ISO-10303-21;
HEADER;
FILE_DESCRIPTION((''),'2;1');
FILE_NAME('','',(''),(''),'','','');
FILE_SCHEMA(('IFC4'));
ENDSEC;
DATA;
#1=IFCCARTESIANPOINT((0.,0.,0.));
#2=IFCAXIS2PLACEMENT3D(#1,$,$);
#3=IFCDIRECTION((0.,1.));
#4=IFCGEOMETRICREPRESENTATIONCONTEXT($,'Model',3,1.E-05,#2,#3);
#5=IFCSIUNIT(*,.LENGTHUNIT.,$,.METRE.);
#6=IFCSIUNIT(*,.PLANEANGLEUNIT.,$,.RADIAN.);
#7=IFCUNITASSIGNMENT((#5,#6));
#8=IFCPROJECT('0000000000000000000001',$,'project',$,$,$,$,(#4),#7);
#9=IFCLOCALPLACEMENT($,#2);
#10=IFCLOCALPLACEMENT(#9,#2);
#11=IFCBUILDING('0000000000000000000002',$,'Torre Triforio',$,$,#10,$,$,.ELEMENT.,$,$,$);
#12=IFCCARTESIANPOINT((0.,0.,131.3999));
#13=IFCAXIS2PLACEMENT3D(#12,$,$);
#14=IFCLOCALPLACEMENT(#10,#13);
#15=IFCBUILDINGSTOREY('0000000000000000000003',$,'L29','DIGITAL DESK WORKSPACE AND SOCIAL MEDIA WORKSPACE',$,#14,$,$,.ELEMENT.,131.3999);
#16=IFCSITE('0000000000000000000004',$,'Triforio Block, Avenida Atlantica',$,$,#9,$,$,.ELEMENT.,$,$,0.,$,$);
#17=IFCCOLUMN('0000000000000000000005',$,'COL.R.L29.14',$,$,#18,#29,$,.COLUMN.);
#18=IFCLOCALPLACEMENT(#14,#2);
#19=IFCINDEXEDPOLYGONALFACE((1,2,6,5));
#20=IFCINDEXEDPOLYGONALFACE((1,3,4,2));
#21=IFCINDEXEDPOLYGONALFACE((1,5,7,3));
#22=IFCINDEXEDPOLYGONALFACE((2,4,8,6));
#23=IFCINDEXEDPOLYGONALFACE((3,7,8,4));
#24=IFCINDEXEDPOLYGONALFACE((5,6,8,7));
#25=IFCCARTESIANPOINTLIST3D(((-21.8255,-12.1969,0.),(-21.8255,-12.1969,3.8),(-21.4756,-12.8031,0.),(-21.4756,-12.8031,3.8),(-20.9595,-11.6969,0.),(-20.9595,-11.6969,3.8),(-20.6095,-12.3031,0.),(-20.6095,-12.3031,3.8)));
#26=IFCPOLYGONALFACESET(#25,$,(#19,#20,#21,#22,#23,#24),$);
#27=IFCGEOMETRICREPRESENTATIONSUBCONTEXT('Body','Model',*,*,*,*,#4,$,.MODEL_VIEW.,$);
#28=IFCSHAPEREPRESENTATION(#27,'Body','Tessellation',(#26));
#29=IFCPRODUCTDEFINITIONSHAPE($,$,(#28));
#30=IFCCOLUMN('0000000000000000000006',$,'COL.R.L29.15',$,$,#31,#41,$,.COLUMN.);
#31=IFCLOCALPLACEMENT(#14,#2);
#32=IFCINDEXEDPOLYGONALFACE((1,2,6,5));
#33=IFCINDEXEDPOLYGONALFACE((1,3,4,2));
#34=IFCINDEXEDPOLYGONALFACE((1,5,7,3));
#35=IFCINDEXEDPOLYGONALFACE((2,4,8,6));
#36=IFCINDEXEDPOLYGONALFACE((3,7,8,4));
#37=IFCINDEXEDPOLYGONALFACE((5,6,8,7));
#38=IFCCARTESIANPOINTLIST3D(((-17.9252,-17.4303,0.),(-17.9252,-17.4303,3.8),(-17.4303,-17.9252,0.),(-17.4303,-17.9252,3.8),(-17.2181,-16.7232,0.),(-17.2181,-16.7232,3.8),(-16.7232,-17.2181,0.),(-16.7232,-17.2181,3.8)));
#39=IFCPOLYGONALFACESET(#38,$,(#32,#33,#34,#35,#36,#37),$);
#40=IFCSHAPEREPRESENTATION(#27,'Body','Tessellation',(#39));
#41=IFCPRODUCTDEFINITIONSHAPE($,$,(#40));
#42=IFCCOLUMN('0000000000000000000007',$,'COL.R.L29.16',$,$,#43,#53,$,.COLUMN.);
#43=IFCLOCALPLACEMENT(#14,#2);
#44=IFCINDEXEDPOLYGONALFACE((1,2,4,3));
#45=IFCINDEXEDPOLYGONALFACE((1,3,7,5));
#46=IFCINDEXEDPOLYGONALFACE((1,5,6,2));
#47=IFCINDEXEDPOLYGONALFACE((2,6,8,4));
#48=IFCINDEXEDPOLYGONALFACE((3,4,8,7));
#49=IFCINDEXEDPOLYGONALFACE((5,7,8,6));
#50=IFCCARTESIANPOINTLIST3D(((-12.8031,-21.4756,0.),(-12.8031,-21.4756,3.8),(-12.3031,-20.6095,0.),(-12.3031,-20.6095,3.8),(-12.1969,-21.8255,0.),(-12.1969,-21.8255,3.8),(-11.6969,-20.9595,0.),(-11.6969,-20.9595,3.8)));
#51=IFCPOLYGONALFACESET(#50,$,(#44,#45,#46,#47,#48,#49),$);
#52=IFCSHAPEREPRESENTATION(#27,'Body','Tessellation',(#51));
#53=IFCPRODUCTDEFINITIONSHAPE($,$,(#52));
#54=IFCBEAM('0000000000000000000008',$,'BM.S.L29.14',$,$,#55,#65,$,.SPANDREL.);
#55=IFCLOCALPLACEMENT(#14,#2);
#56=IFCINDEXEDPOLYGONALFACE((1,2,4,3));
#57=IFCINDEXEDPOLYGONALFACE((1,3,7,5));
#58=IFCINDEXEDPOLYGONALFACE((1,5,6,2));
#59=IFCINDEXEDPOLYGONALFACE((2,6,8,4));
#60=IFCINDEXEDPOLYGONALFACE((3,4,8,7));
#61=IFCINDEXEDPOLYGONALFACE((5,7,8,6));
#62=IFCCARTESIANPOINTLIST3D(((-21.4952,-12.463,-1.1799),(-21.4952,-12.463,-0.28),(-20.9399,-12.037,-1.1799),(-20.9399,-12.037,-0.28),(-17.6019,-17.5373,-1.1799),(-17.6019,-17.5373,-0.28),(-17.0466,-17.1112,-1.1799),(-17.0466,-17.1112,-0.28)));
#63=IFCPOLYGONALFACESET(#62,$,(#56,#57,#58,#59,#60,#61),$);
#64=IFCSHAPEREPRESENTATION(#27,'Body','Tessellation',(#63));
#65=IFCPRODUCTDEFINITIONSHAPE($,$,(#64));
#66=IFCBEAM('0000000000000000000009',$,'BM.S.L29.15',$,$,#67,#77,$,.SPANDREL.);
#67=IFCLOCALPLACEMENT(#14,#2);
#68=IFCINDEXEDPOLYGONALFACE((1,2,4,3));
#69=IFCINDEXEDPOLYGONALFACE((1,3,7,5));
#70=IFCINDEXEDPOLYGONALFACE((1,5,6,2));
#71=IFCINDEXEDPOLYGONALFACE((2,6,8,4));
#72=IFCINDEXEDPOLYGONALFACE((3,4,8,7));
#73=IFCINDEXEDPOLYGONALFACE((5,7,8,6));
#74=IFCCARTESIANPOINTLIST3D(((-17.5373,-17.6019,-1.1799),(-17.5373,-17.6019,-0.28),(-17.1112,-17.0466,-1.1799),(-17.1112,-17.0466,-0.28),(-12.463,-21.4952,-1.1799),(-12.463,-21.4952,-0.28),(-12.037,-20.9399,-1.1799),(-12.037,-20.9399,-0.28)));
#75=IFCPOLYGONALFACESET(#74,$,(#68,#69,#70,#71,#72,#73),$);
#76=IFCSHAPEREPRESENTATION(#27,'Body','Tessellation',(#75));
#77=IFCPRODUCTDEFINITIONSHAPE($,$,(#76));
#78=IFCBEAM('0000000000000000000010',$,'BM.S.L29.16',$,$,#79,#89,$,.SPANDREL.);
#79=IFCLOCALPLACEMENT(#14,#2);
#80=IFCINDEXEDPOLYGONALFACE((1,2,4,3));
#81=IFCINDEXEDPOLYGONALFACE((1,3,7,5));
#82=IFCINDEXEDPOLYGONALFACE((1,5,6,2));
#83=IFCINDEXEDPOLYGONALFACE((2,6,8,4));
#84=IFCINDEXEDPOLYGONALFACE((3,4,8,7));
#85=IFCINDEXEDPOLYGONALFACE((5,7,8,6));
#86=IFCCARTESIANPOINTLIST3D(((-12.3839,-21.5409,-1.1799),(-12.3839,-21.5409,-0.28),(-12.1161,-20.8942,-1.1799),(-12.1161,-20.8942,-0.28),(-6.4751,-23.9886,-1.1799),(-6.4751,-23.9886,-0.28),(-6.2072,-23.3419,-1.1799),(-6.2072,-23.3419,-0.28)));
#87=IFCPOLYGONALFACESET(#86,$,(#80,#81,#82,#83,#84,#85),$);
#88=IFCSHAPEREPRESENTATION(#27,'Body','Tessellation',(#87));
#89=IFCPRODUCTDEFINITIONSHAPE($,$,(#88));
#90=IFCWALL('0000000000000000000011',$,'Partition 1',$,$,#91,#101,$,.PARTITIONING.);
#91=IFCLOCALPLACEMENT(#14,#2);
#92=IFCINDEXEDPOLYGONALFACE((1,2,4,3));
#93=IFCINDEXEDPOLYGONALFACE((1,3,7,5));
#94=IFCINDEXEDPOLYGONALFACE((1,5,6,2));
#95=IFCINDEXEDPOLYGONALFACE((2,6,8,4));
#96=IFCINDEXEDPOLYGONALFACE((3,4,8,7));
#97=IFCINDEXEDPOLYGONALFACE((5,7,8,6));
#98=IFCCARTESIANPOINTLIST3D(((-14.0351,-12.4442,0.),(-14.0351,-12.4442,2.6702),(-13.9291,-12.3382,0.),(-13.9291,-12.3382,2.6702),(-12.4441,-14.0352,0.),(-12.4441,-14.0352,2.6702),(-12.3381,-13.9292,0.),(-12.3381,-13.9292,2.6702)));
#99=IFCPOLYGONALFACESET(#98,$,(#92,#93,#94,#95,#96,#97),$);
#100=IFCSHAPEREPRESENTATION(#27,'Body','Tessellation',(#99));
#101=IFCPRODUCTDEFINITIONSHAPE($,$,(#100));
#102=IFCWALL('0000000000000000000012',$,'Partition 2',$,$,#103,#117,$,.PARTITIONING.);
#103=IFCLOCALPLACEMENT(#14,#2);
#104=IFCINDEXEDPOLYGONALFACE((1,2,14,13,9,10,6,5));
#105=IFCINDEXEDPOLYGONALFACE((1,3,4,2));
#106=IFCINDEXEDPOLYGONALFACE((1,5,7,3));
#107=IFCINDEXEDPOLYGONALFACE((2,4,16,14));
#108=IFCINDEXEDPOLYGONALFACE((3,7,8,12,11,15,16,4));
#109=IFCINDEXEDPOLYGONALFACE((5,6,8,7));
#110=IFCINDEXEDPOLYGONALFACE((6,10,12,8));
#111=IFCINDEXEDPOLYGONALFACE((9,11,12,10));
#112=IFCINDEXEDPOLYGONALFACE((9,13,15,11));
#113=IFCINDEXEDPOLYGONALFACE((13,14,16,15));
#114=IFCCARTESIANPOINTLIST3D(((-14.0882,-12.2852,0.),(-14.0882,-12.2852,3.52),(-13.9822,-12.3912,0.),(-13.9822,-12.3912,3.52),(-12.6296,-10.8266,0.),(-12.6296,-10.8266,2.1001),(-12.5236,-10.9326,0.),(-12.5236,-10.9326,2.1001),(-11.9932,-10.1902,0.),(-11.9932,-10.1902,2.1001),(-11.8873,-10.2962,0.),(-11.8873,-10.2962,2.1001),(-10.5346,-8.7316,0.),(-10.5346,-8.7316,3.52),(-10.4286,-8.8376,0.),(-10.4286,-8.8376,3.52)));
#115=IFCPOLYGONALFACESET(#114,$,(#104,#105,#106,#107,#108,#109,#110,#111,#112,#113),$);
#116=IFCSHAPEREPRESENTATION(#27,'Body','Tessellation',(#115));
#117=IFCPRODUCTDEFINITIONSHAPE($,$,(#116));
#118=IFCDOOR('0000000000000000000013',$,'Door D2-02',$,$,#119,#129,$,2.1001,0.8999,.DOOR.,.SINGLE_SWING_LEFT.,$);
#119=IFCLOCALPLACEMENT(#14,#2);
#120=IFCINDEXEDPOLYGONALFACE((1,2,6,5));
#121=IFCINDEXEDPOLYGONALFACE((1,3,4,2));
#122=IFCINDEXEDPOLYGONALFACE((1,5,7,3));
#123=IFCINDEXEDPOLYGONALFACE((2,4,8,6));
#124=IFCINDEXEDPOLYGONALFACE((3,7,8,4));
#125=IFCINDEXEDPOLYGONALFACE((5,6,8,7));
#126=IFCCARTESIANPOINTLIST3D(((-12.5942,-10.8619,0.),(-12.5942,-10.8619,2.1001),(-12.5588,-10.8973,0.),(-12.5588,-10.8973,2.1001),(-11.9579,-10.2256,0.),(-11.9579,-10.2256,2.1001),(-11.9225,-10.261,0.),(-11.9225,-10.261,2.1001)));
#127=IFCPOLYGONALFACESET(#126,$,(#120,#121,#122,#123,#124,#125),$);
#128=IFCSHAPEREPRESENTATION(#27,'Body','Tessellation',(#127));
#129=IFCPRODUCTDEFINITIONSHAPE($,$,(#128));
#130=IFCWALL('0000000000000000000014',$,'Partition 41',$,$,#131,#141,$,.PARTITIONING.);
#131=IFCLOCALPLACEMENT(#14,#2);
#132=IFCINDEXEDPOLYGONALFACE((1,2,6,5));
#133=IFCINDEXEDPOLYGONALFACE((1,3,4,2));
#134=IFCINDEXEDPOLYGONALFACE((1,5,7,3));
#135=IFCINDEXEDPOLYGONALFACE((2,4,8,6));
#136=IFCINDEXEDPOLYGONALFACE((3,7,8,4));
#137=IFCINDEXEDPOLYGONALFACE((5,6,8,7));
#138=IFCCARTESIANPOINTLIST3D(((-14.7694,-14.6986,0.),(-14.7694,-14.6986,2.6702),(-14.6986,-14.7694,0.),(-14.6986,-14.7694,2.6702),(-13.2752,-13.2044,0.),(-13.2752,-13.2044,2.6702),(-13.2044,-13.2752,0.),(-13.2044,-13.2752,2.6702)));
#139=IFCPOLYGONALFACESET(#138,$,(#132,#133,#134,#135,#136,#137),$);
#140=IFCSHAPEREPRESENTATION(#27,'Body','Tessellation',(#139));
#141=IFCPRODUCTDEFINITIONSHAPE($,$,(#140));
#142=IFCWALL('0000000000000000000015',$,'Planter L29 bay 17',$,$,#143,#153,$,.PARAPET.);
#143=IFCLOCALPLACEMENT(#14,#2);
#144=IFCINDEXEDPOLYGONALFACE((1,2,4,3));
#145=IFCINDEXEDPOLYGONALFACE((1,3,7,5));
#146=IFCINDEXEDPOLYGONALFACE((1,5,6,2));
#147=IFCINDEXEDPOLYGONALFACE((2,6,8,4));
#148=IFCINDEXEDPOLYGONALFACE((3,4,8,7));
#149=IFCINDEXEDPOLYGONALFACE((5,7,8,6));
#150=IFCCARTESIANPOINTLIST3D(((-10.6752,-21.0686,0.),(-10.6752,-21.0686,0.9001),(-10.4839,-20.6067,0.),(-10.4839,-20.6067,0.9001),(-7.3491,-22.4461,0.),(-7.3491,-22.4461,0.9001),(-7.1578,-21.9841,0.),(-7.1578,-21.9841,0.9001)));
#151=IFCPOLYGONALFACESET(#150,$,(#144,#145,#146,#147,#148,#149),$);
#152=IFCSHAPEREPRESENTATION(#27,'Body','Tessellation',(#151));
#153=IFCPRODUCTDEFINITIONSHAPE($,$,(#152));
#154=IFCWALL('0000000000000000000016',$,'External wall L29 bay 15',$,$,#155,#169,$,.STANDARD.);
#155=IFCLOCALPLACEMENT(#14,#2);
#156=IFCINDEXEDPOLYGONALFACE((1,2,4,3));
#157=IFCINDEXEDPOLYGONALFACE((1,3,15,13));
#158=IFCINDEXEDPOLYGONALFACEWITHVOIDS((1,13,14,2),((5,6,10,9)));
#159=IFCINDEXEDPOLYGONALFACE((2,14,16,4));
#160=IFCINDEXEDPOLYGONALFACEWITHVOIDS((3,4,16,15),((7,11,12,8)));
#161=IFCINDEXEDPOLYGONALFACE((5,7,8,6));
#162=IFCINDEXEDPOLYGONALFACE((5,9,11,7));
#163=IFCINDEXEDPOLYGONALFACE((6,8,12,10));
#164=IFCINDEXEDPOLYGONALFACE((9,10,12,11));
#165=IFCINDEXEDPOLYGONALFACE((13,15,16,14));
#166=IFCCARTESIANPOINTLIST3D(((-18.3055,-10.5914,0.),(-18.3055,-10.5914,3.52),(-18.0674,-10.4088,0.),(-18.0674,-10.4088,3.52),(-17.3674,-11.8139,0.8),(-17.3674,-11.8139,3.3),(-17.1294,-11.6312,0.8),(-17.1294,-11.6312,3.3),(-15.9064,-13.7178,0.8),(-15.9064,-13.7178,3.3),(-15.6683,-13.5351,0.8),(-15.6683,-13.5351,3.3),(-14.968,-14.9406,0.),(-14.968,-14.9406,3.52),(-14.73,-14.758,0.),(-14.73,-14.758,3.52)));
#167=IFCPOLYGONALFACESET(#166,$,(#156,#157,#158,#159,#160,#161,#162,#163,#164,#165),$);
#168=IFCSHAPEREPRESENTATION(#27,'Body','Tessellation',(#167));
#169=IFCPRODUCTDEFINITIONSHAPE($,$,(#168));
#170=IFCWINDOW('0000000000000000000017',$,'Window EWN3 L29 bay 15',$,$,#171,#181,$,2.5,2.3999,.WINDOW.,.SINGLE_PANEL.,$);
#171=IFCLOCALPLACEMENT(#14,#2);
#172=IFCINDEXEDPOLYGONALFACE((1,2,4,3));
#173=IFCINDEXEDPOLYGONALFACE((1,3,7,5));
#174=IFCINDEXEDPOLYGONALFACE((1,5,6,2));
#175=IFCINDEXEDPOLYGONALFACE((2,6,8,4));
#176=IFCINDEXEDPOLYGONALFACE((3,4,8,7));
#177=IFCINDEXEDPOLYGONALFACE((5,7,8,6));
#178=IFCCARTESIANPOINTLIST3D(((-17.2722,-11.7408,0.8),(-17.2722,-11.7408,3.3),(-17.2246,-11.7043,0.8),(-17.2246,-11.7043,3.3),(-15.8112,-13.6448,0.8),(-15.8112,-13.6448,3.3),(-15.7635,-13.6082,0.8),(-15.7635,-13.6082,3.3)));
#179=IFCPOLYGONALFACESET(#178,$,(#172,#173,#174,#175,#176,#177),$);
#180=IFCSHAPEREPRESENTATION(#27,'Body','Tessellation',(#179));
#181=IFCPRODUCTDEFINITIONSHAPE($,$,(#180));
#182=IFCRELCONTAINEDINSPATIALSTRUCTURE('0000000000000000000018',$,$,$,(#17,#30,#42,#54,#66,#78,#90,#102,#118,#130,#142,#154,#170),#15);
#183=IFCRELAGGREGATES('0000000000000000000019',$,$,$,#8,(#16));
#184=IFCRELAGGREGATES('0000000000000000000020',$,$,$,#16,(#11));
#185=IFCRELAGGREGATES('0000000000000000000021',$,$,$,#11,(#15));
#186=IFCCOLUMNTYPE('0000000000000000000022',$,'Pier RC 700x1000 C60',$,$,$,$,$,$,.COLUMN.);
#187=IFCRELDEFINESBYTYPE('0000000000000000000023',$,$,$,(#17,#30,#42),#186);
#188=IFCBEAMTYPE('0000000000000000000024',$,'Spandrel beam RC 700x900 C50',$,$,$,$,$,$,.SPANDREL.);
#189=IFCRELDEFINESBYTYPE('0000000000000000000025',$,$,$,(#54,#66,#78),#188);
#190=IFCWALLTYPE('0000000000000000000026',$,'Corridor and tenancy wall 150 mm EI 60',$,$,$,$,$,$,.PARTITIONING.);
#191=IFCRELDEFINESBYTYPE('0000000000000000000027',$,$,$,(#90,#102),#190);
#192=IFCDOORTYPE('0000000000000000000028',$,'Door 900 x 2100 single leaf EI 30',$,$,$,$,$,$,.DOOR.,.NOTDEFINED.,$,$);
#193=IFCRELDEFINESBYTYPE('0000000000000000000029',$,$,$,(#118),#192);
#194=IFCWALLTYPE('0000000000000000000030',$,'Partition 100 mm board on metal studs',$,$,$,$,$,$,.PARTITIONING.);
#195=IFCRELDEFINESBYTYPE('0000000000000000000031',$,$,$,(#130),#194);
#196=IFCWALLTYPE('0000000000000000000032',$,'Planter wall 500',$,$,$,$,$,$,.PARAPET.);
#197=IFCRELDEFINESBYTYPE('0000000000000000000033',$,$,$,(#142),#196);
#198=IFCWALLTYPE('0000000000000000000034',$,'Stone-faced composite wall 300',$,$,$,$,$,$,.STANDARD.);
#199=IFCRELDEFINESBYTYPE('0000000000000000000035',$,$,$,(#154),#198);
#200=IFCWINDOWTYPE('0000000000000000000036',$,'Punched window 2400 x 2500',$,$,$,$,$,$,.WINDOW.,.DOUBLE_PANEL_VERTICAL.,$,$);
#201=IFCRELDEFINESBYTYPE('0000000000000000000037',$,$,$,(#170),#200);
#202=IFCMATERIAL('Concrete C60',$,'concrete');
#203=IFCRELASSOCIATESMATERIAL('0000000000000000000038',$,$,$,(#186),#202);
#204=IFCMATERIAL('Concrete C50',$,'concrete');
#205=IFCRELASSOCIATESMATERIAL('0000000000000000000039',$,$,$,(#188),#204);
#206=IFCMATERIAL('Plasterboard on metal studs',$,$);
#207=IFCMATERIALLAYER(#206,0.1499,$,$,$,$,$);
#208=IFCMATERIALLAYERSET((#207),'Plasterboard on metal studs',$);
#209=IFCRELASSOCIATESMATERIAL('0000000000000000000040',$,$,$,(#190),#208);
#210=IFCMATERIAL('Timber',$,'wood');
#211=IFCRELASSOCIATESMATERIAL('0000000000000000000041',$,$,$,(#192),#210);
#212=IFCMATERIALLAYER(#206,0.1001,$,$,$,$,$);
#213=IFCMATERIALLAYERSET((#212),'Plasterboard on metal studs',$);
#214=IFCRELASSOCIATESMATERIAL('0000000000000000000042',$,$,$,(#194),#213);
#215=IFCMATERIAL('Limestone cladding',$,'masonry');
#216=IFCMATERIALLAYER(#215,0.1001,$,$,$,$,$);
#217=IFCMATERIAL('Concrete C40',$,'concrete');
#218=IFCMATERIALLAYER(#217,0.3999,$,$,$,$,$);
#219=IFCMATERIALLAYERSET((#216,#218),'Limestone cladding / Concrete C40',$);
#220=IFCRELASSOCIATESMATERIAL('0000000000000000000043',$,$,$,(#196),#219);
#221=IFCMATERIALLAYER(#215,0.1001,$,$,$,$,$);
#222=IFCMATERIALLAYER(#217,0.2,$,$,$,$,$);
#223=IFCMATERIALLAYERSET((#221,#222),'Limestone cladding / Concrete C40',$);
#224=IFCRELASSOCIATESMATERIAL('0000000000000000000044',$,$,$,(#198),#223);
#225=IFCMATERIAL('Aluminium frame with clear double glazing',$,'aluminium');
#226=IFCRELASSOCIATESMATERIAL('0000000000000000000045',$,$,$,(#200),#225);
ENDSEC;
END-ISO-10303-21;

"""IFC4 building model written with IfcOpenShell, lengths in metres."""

from ifc_helpers import new_model, si_unit, direction, frame, frame_2d, origin, origin_2d, place, context, subcontext, project, spatial, rectangle, extrude, material, layer, layer_set, material_profile, profile_set, type_object, element, fill, save


model = new_model("IFC4")

# Units and contexts
model_context = context("Model", 3, precision=1e-05, world=origin(), true_north=direction((0.0, 1.0)))
body_context = subcontext(model_context, "Body", "Model", "MODEL_VIEW")
ifc_project = project(units=[si_unit("LENGTHUNIT", "METRE"), si_unit("PLANEANGLEUNIT", "RADIAN")], contexts=[model_context])

# Site, building, storey
site_placement = place(None, origin())
site = spatial("IfcSite", under=ifc_project, at=site_placement, Name="Triforio Block, Avenida Atlantica", CompositionType="ELEMENT", RefElevation=0.0)
building_placement = place(site_placement, origin())
building = spatial("IfcBuilding", under=site, at=building_placement, Name="Torre Triforio", CompositionType="ELEMENT")
storey_placement = place(building_placement, frame((0.0, 0.0, 131.3999)))
storey = spatial("IfcBuildingStorey", under=building, at=storey_placement, Name="L29", Description="DIGITAL DESK WORKSPACE AND SOCIAL MEDIA WORKSPACE", CompositionType="ELEMENT", Elevation=131.3999)

# Columns
ifc_material_1 = material(Name="Concrete C60", Category="concrete")
ifc_material_profile_1 = material_profile(ifc_material_1, rectangle(XDim=0.7, YDim=1.0, at=origin_2d()), Name="RC 700x1000")
ifc_profile_set_1 = profile_set([ifc_material_profile_1], Name="Concrete C60")
column_type = type_object("IfcColumnType", Name="Pier RC 700x1000 C60", PredefinedType="COLUMN", material=ifc_profile_set_1)
for number, where, z_axis, x_axis, name in (
    (1, (-21.2175, -12.25, 0.0), (0.0, 0.0, 1.0), (0.5, -0.866025, 0.0), "COL.R.L29.14"),
    (2, (-17.3242, -17.3242, 0.0), (0.0, 0.0, 1.0), (0.707107, -0.707107, 0.0), "COL.R.L29.15"),
    (3, (-12.25, -21.2175, 0.0), (0.0, 0.0, 1.0), (0.866025, -0.5, 0.0), "COL.R.L29.16"),
):
    element("IfcColumn", number, at=place(storey_placement, frame(where, z_axis=z_axis, x_axis=x_axis)), inside=storey, type_object=column_type, Name=name, PredefinedType="COLUMN", context=body_context, shape_type="SweptSolid", body=[
        extrude(rectangle(XDim=0.7, YDim=1.0, at=origin_2d()), origin(), (0.0, 0.0, 1.0), 3.8),
    ])

# Beams
ifc_material_2 = material(Name="Concrete C50", Category="concrete")
ifc_material_profile_2 = material_profile(ifc_material_2, rectangle(XDim=0.7, YDim=0.8999, at=origin_2d()), Name="RC 700x900")
ifc_profile_set_2 = profile_set([ifc_material_profile_2], Name="Concrete C50")
beam_type = type_object("IfcBeamType", Name="Spandrel beam RC 700x900 C50", PredefinedType="SPANDREL", material=ifc_profile_set_2)
for number, where, z_axis, x_axis, name in (
    (4, (-21.2175, -12.25, -0.73), (0.608734, -0.793374, 0.0), (0.793374, 0.608734, 0.0), "BM.S.L29.14"),
    (5, (-17.3242, -17.3242, -0.73), (0.793374, -0.608734, 0.0), (0.608734, 0.793374, 0.0), "BM.S.L29.15"),
    (6, (-12.25, -21.2175, -0.73), (0.923869, -0.382709, 0.0), (0.382709, 0.923869, 0.0), "BM.S.L29.16"),
):
    element("IfcBeam", number, at=place(storey_placement, frame(where, z_axis=z_axis, x_axis=x_axis)), inside=storey, type_object=beam_type, Name=name, PredefinedType="SPANDREL", context=body_context, shape_type="SweptSolid", body=[
        extrude(rectangle(XDim=0.7, YDim=0.8999, at=origin_2d()), origin(), (0.0, 0.0, 1.0), 6.3958),
    ])

# Wall
ifc_material_3 = material(Name="Plasterboard on metal studs")
ifc_layer_1 = layer(ifc_material_3, 0.1499)
ifc_layer_set_1 = layer_set([ifc_layer_1], Name="Plasterboard on metal studs")
wall_type_1 = type_object("IfcWallType", Name="Corridor and tenancy wall 150 mm EI 60", PredefinedType="PARTITIONING", material=ifc_layer_set_1)
wall_1_placement = place(storey_placement, frame((-12.3911, -13.9822, 0.0), z_axis=(0.0, 0.0, 1.0), x_axis=(-0.707107, 0.707107, 0.0)))
element("IfcWall", 7, at=wall_1_placement, inside=storey, type_object=wall_type_1, Name="Partition 1", PredefinedType="PARTITIONING", context=body_context, shape_type="SweptSolid", body=[
    extrude(rectangle(XDim=2.25, YDim=0.1499, at=frame_2d((1.125, 0.0))), origin(), (0.0, 0.0, 1.0), 2.6702),
])

# Wall, opening, door
wall_2_placement = place(storey_placement, frame((-14.0352, -12.3381, 0.0), z_axis=(0.0, 0.0, 1.0), x_axis=(0.707107, 0.707107, 0.0)))
wall_2 = element("IfcWall", 8, at=wall_2_placement, inside=storey, type_object=wall_type_1, Name="Partition 2", PredefinedType="PARTITIONING", context=body_context, shape_type="SweptSolid", body=[
    extrude(rectangle(XDim=5.0256, YDim=0.1499, at=frame_2d((2.5127, 0.0))), origin(), (0.0, 0.0, 1.0), 3.52),
])
opening_1_placement = place(wall_2_placement, frame((2.0627, 0.0, 0.0)))
opening_1 = element("IfcOpeningElement", 9, at=opening_1_placement, cuts=wall_2, PredefinedType="OPENING", context=body_context, shape_type="SweptSolid", body=[
    extrude(rectangle(XDim=0.8999, YDim=2.1001, at=frame_2d((0.45, 1.05))), frame((0.0, 0.085, 0.0), z_axis=(0.0, -1.0, 0.0), x_axis=(1.0, 0.0, 0.0)), (0.0, 0.0, 1.0), 0.1699),
])
ifc_material_4 = material(Name="Timber", Category="wood")
door_type_1 = type_object("IfcDoorType", Name="Door 900 x 2100 single leaf EI 30", OperationType="NOTDEFINED", PredefinedType="DOOR", material=ifc_material_4)
door_1_placement = place(opening_1_placement, origin())
door_1 = element("IfcDoor", 10, at=door_1_placement, inside=storey, type_object=door_type_1, Name="Door D2-02", OperationType="SINGLE_SWING_LEFT", OverallHeight=2.1001, OverallWidth=0.8999, PredefinedType="DOOR", context=body_context, shape_type="SweptSolid", body=[
    extrude(rectangle(XDim=0.8999, YDim=2.1001, at=frame_2d((0.45, 1.05))), frame((0.0, 0.0249, 0.0), z_axis=(0.0, -1.0, 0.0), x_axis=(1.0, 0.0, 0.0)), (0.0, 0.0, 1.0), 0.05),
])
fill(opening_1, door_1)

# Walls
ifc_layer_2 = layer(ifc_material_3, 0.1001)
ifc_layer_set_2 = layer_set([ifc_layer_2], Name="Plasterboard on metal studs")
wall_type_2 = type_object("IfcWallType", Name="Partition 100 mm board on metal studs", PredefinedType="PARTITIONING", material=ifc_layer_set_2)
wall_3_placement = place(storey_placement, frame((-13.2397, -13.2397, 0.0), z_axis=(0.0, 0.0, 1.0), x_axis=(-0.707107, -0.707107, 0.0)))
element("IfcWall", 11, at=wall_3_placement, inside=storey, type_object=wall_type_2, Name="Partition 41", PredefinedType="PARTITIONING", context=body_context, shape_type="SweptSolid", body=[
    extrude(rectangle(XDim=2.113, YDim=0.1001, at=frame_2d((1.0566, 0.0))), origin(), (0.0, 0.0, 1.0), 2.6702),
])
ifc_material_5 = material(Name="Limestone cladding", Category="masonry")
ifc_layer_3 = layer(ifc_material_5, 0.1001)
ifc_material_6 = material(Name="Concrete C40", Category="concrete")
ifc_layer_4 = layer(ifc_material_6, 0.3999)
ifc_layer_set_3 = layer_set([ifc_layer_3, ifc_layer_4], Name="Limestone cladding / Concrete C40")
wall_type_3 = type_object("IfcWallType", Name="Planter wall 500", PredefinedType="PARAPET", material=ifc_layer_set_3)
wall_4_placement = place(storey_placement, frame((-10.5796, -20.8376, 0.0), z_axis=(0.0, 0.0, 1.0), x_axis=(0.923909, -0.382611, 0.0)))
element("IfcWall", 12, at=wall_4_placement, inside=storey, type_object=wall_type_3, Name="Planter L29 bay 17", PredefinedType="PARAPET", context=body_context, shape_type="SweptSolid", body=[
    extrude(rectangle(XDim=3.6001, YDim=0.5, at=frame_2d((1.8, 0.0))), origin(), (0.0, 0.0, 1.0), 0.9001),
])

# Wall, opening, window
ifc_layer_5 = layer(ifc_material_5, 0.1001)
ifc_layer_6 = layer(ifc_material_6, 0.2)
ifc_layer_set_4 = layer_set([ifc_layer_5, ifc_layer_6], Name="Limestone cladding / Concrete C40")
wall_type_4 = type_object("IfcWallType", Name="Stone-faced composite wall 300", PredefinedType="STANDARD", material=ifc_layer_set_4)
wall_5_placement = place(storey_placement, frame((-18.1865, -10.5, 0.0), z_axis=(0.0, 0.0, 1.0), x_axis=(0.608785, -0.793335, 0.0)))
wall_5 = element("IfcWall", 13, at=wall_5_placement, inside=storey, type_object=wall_type_4, Name="External wall L29 bay 15", PredefinedType="STANDARD", context=body_context, shape_type="SweptSolid", body=[
    extrude(rectangle(XDim=5.4822, YDim=0.3, at=frame_2d((2.7412, 0.0))), origin(), (0.0, 0.0, 1.0), 3.52),
])
opening_2_placement = place(wall_5_placement, frame((1.541, 0.0, 0.8)))
opening_2 = element("IfcOpeningElement", 14, at=opening_2_placement, cuts=wall_5, PredefinedType="OPENING", context=body_context, shape_type="SweptSolid", body=[
    extrude(rectangle(XDim=2.3999, YDim=2.5, at=frame_2d((1.2, 1.25))), frame((0.0, 0.1599, 0.0), z_axis=(0.0, -1.0, 0.0), x_axis=(1.0, 0.0, 0.0)), (0.0, 0.0, 1.0), 0.3201),
])
ifc_material_7 = material(Name="Aluminium frame with clear double glazing", Category="aluminium")
window_type_1 = type_object("IfcWindowType", Name="Punched window 2400 x 2500", PartitioningType="DOUBLE_PANEL_VERTICAL", PredefinedType="WINDOW", material=ifc_material_7)
window_1_placement = place(opening_2_placement, origin())
window_1 = element("IfcWindow", 15, at=window_1_placement, inside=storey, type_object=window_type_1, Name="Window EWN3 L29 bay 15", OverallHeight=2.5, OverallWidth=2.3999, PartitioningType="SINGLE_PANEL", PredefinedType="WINDOW", context=body_context, shape_type="SweptSolid", body=[
    extrude(rectangle(XDim=2.3999, YDim=2.5, at=frame_2d((1.2, 1.25))), frame((0.0, 0.03, 0.0), z_axis=(0.0, -1.0, 0.0), x_axis=(1.0, 0.0, 0.0)), (0.0, 0.0, 1.0), 0.0601),
])
fill(opening_2, window_1)

save(model, "model.ifc")
